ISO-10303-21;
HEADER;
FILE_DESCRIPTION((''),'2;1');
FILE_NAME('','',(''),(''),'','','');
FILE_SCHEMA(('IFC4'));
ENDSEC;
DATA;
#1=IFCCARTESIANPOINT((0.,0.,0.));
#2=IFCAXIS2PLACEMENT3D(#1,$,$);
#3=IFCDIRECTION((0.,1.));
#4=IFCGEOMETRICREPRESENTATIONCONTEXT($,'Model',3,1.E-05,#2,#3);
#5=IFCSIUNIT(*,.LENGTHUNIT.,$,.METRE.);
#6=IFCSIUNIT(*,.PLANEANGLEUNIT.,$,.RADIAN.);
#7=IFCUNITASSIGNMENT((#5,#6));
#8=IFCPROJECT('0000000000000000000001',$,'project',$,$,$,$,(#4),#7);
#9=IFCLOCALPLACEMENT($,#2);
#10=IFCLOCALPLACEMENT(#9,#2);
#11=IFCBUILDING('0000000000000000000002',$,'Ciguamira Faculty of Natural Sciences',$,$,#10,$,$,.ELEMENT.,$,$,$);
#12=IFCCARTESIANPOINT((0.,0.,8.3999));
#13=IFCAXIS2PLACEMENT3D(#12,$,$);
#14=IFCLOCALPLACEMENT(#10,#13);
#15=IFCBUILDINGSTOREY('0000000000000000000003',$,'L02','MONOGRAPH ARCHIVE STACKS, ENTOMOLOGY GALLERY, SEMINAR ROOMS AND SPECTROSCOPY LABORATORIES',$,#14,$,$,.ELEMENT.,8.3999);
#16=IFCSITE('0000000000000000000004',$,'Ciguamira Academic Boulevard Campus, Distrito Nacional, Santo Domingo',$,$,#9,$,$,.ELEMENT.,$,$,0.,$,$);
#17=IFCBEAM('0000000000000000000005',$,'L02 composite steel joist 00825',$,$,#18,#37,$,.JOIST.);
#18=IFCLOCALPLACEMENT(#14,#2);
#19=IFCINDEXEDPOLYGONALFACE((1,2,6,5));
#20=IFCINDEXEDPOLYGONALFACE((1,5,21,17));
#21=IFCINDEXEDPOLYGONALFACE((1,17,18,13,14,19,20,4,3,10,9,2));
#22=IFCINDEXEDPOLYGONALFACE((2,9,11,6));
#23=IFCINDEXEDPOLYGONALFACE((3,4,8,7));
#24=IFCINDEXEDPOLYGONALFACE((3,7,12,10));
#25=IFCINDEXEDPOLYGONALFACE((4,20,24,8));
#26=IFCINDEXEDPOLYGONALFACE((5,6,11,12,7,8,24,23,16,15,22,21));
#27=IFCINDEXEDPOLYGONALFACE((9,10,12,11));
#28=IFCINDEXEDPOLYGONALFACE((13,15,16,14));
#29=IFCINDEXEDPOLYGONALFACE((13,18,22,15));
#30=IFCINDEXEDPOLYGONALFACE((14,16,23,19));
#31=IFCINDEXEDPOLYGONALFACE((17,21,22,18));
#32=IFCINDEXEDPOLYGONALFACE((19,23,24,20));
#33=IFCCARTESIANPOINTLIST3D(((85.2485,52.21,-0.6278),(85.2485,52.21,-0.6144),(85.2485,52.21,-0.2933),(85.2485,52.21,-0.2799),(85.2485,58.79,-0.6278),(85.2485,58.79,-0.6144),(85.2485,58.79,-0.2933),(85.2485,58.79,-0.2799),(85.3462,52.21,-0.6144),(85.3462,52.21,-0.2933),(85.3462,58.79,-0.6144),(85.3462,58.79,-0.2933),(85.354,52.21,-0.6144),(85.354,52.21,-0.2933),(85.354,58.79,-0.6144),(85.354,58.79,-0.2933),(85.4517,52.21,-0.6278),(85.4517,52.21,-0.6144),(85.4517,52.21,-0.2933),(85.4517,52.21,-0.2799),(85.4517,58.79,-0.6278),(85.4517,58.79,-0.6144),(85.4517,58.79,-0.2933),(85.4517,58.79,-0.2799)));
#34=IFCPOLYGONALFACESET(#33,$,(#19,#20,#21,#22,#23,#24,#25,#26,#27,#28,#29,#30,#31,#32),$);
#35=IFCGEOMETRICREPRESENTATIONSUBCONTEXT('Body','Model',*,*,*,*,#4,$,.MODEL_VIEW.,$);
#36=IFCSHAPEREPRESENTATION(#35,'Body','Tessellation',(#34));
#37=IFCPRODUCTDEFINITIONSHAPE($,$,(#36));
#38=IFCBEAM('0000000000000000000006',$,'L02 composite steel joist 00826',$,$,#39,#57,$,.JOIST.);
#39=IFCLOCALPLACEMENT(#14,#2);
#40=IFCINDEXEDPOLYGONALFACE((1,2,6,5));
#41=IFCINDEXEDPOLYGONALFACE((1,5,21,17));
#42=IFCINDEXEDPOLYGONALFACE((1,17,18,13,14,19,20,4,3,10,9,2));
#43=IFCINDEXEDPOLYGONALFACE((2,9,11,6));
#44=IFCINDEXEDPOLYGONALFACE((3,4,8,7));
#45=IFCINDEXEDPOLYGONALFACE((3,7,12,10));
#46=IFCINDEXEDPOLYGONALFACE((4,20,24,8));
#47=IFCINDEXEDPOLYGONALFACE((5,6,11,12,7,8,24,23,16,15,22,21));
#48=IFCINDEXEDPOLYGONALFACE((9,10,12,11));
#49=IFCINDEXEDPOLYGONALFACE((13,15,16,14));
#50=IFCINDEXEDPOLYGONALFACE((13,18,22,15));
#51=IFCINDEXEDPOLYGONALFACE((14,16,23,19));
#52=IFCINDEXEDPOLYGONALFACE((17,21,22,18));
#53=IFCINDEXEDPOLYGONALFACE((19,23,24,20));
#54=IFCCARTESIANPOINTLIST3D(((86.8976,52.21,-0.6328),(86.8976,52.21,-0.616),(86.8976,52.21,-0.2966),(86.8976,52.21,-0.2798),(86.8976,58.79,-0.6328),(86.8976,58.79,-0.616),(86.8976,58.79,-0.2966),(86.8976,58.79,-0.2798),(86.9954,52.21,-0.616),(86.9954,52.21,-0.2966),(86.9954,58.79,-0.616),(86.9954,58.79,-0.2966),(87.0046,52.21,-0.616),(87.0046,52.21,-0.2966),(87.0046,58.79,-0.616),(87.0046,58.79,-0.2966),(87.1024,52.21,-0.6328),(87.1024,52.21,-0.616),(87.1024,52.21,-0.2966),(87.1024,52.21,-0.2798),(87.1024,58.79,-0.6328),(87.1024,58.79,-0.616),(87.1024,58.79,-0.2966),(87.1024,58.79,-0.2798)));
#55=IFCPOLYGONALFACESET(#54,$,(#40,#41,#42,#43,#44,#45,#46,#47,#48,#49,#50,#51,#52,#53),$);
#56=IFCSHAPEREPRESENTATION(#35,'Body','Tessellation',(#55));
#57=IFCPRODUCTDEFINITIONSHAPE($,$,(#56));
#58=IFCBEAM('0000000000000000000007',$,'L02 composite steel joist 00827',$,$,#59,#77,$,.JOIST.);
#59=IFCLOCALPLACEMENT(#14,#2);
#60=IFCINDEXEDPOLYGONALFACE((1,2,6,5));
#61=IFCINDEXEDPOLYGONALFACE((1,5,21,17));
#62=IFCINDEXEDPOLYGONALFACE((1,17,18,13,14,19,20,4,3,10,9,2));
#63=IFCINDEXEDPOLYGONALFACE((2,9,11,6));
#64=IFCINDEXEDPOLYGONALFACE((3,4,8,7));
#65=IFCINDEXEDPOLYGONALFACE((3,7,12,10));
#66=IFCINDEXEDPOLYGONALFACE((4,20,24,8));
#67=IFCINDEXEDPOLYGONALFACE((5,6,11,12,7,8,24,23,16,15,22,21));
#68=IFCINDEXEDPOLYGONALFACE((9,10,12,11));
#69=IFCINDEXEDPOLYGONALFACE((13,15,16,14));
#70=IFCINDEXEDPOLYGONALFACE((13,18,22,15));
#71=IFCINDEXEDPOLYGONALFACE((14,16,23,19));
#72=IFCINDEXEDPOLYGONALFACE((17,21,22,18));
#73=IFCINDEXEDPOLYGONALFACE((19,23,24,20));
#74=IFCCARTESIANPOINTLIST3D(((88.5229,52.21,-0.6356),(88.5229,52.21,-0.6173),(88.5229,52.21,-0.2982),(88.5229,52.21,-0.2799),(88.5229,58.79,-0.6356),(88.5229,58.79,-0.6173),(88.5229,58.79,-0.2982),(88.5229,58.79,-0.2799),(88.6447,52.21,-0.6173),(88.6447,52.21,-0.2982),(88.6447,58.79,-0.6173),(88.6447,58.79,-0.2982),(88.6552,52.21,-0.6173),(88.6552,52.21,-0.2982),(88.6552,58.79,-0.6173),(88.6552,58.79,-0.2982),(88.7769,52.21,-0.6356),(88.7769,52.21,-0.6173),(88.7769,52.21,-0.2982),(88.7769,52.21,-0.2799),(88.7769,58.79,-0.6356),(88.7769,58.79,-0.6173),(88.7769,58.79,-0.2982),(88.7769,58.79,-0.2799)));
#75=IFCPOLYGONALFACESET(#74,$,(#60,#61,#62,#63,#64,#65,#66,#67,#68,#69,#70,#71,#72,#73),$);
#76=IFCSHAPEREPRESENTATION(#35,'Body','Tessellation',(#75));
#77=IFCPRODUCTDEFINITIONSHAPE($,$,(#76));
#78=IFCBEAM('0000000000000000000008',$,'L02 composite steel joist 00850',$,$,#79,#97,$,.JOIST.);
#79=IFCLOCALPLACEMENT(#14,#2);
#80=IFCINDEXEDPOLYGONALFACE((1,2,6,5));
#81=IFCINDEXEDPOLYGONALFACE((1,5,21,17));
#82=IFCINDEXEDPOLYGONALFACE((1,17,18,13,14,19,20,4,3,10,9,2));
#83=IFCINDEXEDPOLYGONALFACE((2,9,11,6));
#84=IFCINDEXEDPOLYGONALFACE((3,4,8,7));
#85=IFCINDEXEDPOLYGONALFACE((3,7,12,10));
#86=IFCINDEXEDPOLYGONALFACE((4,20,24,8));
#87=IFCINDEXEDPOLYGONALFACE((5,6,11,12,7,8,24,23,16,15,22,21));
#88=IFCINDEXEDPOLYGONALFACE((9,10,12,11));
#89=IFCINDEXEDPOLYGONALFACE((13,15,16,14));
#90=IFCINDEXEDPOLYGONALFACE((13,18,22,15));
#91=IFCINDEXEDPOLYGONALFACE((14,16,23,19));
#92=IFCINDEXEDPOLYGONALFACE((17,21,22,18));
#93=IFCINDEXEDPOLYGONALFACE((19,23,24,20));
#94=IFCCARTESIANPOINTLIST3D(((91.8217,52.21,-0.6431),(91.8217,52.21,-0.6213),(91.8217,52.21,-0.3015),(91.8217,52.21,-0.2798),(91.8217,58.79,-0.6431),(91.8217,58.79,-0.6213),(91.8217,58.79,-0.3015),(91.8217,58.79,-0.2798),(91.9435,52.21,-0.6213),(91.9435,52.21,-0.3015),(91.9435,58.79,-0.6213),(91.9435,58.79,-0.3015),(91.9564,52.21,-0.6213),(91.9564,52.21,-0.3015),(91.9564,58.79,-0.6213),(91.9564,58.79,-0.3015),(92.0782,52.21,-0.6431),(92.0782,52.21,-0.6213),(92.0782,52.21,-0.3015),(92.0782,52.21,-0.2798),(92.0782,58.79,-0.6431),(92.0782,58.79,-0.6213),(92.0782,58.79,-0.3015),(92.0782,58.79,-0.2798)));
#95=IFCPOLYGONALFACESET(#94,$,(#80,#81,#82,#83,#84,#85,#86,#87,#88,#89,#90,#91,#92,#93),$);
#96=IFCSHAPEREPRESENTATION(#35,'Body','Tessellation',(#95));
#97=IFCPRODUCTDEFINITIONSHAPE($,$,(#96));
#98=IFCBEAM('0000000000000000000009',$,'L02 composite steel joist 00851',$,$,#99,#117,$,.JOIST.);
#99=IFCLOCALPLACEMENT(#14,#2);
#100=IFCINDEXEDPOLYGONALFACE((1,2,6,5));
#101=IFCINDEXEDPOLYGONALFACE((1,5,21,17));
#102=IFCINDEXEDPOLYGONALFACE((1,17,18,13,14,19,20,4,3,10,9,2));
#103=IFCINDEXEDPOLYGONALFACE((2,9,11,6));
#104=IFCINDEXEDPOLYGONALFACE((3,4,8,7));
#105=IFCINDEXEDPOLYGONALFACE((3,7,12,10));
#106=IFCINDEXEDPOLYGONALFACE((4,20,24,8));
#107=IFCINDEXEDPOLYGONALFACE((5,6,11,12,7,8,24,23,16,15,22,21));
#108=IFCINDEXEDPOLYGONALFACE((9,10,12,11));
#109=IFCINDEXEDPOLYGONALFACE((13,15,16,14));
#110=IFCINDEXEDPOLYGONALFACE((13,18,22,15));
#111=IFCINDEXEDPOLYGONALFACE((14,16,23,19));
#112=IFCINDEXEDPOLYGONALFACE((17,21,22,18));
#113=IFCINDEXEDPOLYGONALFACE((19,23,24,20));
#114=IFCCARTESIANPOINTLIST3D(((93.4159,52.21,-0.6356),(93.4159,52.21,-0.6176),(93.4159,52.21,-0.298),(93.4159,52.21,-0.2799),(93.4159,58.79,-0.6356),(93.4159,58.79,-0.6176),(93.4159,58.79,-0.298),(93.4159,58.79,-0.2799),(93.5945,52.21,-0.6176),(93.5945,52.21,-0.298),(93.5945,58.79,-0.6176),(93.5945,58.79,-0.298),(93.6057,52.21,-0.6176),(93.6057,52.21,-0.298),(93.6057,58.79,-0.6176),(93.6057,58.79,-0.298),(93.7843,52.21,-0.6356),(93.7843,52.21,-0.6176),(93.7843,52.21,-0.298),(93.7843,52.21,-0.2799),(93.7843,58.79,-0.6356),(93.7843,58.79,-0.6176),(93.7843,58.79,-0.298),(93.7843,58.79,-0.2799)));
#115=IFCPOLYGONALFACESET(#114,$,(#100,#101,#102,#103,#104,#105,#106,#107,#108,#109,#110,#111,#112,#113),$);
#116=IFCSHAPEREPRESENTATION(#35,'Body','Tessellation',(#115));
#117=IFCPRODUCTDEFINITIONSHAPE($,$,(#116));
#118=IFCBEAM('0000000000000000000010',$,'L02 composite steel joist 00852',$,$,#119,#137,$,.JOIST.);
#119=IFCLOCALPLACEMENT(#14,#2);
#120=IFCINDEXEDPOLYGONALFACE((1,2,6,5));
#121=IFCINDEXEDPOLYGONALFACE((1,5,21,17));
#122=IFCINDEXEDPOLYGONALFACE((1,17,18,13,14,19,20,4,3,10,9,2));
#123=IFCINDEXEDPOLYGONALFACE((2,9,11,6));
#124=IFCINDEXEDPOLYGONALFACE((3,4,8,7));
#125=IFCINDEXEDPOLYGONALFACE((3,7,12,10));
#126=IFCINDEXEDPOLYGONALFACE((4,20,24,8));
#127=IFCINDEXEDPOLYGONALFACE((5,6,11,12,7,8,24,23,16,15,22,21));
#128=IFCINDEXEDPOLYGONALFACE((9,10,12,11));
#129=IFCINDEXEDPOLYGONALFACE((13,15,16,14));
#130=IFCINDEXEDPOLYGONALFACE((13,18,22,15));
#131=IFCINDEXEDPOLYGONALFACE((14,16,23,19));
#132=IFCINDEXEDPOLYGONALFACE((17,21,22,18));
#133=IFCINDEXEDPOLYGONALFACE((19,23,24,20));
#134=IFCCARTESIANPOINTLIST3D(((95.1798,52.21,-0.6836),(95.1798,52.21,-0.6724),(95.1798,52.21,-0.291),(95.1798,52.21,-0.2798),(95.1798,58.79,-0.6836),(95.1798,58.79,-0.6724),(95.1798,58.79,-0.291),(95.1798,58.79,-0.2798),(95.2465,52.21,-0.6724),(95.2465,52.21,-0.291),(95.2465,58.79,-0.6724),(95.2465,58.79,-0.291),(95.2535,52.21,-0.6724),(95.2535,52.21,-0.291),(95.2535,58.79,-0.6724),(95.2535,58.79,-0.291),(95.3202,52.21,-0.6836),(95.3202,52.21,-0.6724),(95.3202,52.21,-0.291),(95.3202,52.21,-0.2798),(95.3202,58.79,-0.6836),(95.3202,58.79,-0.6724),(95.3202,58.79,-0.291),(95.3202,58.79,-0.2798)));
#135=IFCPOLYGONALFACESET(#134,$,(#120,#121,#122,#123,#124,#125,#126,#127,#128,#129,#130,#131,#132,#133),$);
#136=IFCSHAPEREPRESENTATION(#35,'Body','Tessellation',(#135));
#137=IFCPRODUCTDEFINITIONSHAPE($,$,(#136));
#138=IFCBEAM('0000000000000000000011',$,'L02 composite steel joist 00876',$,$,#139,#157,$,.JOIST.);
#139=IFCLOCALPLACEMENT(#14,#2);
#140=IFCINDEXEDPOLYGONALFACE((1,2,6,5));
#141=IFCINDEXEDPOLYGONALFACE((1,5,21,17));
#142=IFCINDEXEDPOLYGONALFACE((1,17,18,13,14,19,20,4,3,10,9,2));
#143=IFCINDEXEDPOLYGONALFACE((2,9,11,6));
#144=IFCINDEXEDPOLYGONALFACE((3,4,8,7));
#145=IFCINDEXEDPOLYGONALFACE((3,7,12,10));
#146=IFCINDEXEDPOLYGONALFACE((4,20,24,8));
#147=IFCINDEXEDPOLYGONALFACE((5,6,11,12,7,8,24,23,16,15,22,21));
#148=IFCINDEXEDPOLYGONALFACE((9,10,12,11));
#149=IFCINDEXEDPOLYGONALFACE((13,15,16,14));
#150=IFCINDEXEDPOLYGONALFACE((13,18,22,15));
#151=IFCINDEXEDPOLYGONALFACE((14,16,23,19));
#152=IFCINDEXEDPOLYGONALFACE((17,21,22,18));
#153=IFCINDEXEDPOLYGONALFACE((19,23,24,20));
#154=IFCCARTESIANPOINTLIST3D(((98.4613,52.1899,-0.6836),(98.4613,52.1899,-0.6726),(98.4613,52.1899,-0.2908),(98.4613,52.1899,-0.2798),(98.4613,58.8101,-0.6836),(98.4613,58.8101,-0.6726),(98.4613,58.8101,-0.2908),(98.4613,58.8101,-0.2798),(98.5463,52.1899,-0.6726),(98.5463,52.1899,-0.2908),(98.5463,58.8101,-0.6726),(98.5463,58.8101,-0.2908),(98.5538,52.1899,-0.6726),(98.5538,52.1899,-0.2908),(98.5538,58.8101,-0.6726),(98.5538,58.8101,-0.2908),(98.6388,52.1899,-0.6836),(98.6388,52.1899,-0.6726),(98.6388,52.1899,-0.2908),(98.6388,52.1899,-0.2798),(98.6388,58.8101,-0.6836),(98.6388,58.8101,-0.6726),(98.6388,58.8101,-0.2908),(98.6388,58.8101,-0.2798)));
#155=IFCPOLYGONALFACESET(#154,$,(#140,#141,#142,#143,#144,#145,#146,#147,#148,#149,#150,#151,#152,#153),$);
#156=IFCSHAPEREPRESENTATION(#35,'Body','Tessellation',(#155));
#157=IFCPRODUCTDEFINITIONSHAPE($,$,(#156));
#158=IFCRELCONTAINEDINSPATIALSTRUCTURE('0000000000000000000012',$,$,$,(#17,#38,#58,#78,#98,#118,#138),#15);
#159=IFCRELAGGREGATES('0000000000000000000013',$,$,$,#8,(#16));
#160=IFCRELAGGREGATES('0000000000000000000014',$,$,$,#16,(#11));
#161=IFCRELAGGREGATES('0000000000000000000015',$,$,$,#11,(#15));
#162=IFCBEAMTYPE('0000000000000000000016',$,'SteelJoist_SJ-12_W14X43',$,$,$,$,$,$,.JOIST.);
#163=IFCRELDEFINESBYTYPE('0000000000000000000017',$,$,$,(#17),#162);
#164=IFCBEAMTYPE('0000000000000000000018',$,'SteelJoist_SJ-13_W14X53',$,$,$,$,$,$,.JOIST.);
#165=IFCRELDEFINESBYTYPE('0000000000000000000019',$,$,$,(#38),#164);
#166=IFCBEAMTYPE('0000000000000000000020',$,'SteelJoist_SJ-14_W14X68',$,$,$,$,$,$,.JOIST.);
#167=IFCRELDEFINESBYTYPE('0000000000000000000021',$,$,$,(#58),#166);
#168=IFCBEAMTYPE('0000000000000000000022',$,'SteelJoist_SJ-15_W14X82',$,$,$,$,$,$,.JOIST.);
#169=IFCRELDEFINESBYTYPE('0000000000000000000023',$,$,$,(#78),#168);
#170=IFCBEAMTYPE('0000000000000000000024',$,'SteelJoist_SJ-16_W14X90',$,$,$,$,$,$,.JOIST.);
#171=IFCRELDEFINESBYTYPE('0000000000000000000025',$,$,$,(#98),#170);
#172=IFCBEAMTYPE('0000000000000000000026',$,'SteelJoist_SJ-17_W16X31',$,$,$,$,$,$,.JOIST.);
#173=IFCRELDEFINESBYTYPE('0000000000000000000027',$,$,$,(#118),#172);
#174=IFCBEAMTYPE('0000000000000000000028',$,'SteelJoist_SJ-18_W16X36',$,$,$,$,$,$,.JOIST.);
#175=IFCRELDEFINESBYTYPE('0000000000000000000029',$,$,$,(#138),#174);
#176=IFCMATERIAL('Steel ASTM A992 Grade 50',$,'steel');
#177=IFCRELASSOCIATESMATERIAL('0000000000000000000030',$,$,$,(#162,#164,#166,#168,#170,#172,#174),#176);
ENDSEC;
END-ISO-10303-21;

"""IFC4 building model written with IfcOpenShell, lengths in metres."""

from ifc_helpers import new_model, si_unit, direction, frame, origin, origin_2d, place, context, subcontext, project, spatial, i_section, extrude, material, material_profile, profile_set, type_object, element, save


model = new_model("IFC4")

# Units and contexts
model_context = context("Model", 3, precision=1e-05, world=origin(), true_north=direction((0.0, 1.0)))
body_context = subcontext(model_context, "Body", "Model", "MODEL_VIEW")
ifc_project = project(units=[si_unit("LENGTHUNIT", "METRE"), si_unit("PLANEANGLEUNIT", "RADIAN")], contexts=[model_context])

# Site, building, storey
site_placement = place(None, origin())
site = spatial("IfcSite", under=ifc_project, at=site_placement, Name="Ciguamira Academic Boulevard Campus, Distrito Nacional, Santo Domingo", CompositionType="ELEMENT", RefElevation=0.0)
building_placement = place(site_placement, origin())
building = spatial("IfcBuilding", under=site, at=building_placement, Name="Ciguamira Faculty of Natural Sciences", CompositionType="ELEMENT")
storey_placement = place(building_placement, frame((0.0, 0.0, 8.3999)))
storey = spatial("IfcBuildingStorey", under=building, at=storey_placement, Name="L02", Description="MONOGRAPH ARCHIVE STACKS, ENTOMOLOGY GALLERY, SEMINAR ROOMS AND SPECTROSCOPY LABORATORIES", CompositionType="ELEMENT", Elevation=8.3999)

# Beams
ifc_material_1 = material(Name="Steel ASTM A992 Grade 50", Category="steel")
ifc_material_profile_1 = material_profile(ifc_material_1, i_section(OverallWidth=0.2031, OverallDepth=0.3479, WebThickness=0.0078, FlangeThickness=0.0134, at=origin_2d()), Name="W14X43")
ifc_profile_set_1 = profile_set([ifc_material_profile_1], Name="Steel ASTM A992 Grade 50")
beam_type_1 = type_object("IfcBeamType", Name="SteelJoist_SJ-12_W14X43", PredefinedType="JOIST", material=ifc_profile_set_1)
beam_1_placement = place(storey_placement, frame((85.3501, 52.21, -0.4539), z_axis=(0.0, 1.0, 0.0), x_axis=(-1.0, 0.0, 0.0)))
element("IfcBeam", 1, at=beam_1_placement, inside=storey, type_object=beam_type_1, Name="L02 composite steel joist 00825", PredefinedType="JOIST", context=body_context, shape_type="SweptSolid", body=[
    extrude(i_section(OverallWidth=0.2031, OverallDepth=0.3479, WebThickness=0.0078, FlangeThickness=0.0134, at=origin_2d()), origin(), (0.0, 0.0, 1.0), 6.5801),
])
ifc_material_profile_2 = material_profile(ifc_material_1, i_section(OverallWidth=0.2048, OverallDepth=0.353, WebThickness=0.0093, FlangeThickness=0.0168, at=origin_2d()), Name="W14X53")
ifc_profile_set_2 = profile_set([ifc_material_profile_2], Name="Steel ASTM A992 Grade 50")
beam_type_2 = type_object("IfcBeamType", Name="SteelJoist_SJ-13_W14X53", PredefinedType="JOIST", material=ifc_profile_set_2)
beam_2_placement = place(storey_placement, frame((87.0, 52.21, -0.4563), z_axis=(0.0, 1.0, 0.0), x_axis=(-1.0, 0.0, 0.0)))
element("IfcBeam", 2, at=beam_2_placement, inside=storey, type_object=beam_type_2, Name="L02 composite steel joist 00826", PredefinedType="JOIST", context=body_context, shape_type="SweptSolid", body=[
    extrude(i_section(OverallWidth=0.2048, OverallDepth=0.353, WebThickness=0.0093, FlangeThickness=0.0168, at=origin_2d()), origin(), (0.0, 0.0, 1.0), 6.5801),
])
ifc_material_profile_3 = material_profile(ifc_material_1, i_section(OverallWidth=0.2539, OverallDepth=0.3557, WebThickness=0.0105, FlangeThickness=0.0183, at=origin_2d()), Name="W14X68")
ifc_profile_set_3 = profile_set([ifc_material_profile_3], Name="Steel ASTM A992 Grade 50")
beam_type_3 = type_object("IfcBeamType", Name="SteelJoist_SJ-14_W14X68", PredefinedType="JOIST", material=ifc_profile_set_3)
beam_3_placement = place(storey_placement, frame((88.6499, 52.21, -0.4578), z_axis=(0.0, 1.0, 0.0), x_axis=(-1.0, 0.0, 0.0)))
element("IfcBeam", 3, at=beam_3_placement, inside=storey, type_object=beam_type_3, Name="L02 composite steel joist 00827", PredefinedType="JOIST", context=body_context, shape_type="SweptSolid", body=[
    extrude(i_section(OverallWidth=0.2539, OverallDepth=0.3557, WebThickness=0.0105, FlangeThickness=0.0183, at=origin_2d()), origin(), (0.0, 0.0, 1.0), 6.5801),
])
ifc_material_profile_4 = material_profile(ifc_material_1, i_section(OverallWidth=0.2566, OverallDepth=0.3633, WebThickness=0.0129, FlangeThickness=0.0217, at=origin_2d()), Name="W14X82")
ifc_profile_set_4 = profile_set([ifc_material_profile_4], Name="Steel ASTM A992 Grade 50")
beam_type_4 = type_object("IfcBeamType", Name="SteelJoist_SJ-15_W14X82", PredefinedType="JOIST", material=ifc_profile_set_4)
beam_4_placement = place(storey_placement, frame((91.95, 52.21, -0.4614), z_axis=(0.0, 1.0, 0.0), x_axis=(-1.0, 0.0, 0.0)))
element("IfcBeam", 4, at=beam_4_placement, inside=storey, type_object=beam_type_4, Name="L02 composite steel joist 00850", PredefinedType="JOIST", context=body_context, shape_type="SweptSolid", body=[
    extrude(i_section(OverallWidth=0.2566, OverallDepth=0.3633, WebThickness=0.0129, FlangeThickness=0.0217, at=origin_2d()), origin(), (0.0, 0.0, 1.0), 6.5801),
])
ifc_material_profile_5 = material_profile(ifc_material_1, i_section(OverallWidth=0.3684, OverallDepth=0.3557, WebThickness=0.0112, FlangeThickness=0.0181, at=origin_2d()), Name="W14X90")
ifc_profile_set_5 = profile_set([ifc_material_profile_5], Name="Steel ASTM A992 Grade 50")
beam_type_5 = type_object("IfcBeamType", Name="SteelJoist_SJ-16_W14X90", PredefinedType="JOIST", material=ifc_profile_set_5)
beam_5_placement = place(storey_placement, frame((93.6001, 52.21, -0.4578), z_axis=(0.0, 1.0, 0.0), x_axis=(-1.0, 0.0, 0.0)))
element("IfcBeam", 5, at=beam_5_placement, inside=storey, type_object=beam_type_5, Name="L02 composite steel joist 00851", PredefinedType="JOIST", context=body_context, shape_type="SweptSolid", body=[
    extrude(i_section(OverallWidth=0.3684, OverallDepth=0.3557, WebThickness=0.0112, FlangeThickness=0.0181, at=origin_2d()), origin(), (0.0, 0.0, 1.0), 6.5801),
])
ifc_material_profile_6 = material_profile(ifc_material_1, i_section(OverallWidth=0.1404, OverallDepth=0.4038, WebThickness=0.0071, FlangeThickness=0.0112, at=origin_2d()), Name="W16X31")
ifc_profile_set_6 = profile_set([ifc_material_profile_6], Name="Steel ASTM A992 Grade 50")
beam_type_6 = type_object("IfcBeamType", Name="SteelJoist_SJ-17_W16X31", PredefinedType="JOIST", material=ifc_profile_set_6)
beam_6_placement = place(storey_placement, frame((95.25, 52.21, -0.4817), z_axis=(0.0, 1.0, 0.0), x_axis=(-1.0, 0.0, 0.0)))
element("IfcBeam", 6, at=beam_6_placement, inside=storey, type_object=beam_type_6, Name="L02 composite steel joist 00852", PredefinedType="JOIST", context=body_context, shape_type="SweptSolid", body=[
    extrude(i_section(OverallWidth=0.1404, OverallDepth=0.4038, WebThickness=0.0071, FlangeThickness=0.0112, at=origin_2d()), origin(), (0.0, 0.0, 1.0), 6.5801),
])
ifc_material_profile_7 = material_profile(ifc_material_1, i_section(OverallWidth=0.1775, OverallDepth=0.4038, WebThickness=0.0076, FlangeThickness=0.011, at=origin_2d()), Name="W16X36")
ifc_profile_set_7 = profile_set([ifc_material_profile_7], Name="Steel ASTM A992 Grade 50")
beam_type_7 = type_object("IfcBeamType", Name="SteelJoist_SJ-18_W16X36", PredefinedType="JOIST", material=ifc_profile_set_7)
beam_7_placement = place(storey_placement, frame((98.55, 52.1899, -0.4817), z_axis=(0.0, 1.0, 0.0), x_axis=(-1.0, 0.0, 0.0)))
element("IfcBeam", 7, at=beam_7_placement, inside=storey, type_object=beam_type_7, Name="L02 composite steel joist 00876", PredefinedType="JOIST", context=body_context, shape_type="SweptSolid", body=[
    extrude(i_section(OverallWidth=0.1775, OverallDepth=0.4038, WebThickness=0.0076, FlangeThickness=0.011, at=origin_2d()), origin(), (0.0, 0.0, 1.0), 6.6201),
])

save(model, "model.ifc")
